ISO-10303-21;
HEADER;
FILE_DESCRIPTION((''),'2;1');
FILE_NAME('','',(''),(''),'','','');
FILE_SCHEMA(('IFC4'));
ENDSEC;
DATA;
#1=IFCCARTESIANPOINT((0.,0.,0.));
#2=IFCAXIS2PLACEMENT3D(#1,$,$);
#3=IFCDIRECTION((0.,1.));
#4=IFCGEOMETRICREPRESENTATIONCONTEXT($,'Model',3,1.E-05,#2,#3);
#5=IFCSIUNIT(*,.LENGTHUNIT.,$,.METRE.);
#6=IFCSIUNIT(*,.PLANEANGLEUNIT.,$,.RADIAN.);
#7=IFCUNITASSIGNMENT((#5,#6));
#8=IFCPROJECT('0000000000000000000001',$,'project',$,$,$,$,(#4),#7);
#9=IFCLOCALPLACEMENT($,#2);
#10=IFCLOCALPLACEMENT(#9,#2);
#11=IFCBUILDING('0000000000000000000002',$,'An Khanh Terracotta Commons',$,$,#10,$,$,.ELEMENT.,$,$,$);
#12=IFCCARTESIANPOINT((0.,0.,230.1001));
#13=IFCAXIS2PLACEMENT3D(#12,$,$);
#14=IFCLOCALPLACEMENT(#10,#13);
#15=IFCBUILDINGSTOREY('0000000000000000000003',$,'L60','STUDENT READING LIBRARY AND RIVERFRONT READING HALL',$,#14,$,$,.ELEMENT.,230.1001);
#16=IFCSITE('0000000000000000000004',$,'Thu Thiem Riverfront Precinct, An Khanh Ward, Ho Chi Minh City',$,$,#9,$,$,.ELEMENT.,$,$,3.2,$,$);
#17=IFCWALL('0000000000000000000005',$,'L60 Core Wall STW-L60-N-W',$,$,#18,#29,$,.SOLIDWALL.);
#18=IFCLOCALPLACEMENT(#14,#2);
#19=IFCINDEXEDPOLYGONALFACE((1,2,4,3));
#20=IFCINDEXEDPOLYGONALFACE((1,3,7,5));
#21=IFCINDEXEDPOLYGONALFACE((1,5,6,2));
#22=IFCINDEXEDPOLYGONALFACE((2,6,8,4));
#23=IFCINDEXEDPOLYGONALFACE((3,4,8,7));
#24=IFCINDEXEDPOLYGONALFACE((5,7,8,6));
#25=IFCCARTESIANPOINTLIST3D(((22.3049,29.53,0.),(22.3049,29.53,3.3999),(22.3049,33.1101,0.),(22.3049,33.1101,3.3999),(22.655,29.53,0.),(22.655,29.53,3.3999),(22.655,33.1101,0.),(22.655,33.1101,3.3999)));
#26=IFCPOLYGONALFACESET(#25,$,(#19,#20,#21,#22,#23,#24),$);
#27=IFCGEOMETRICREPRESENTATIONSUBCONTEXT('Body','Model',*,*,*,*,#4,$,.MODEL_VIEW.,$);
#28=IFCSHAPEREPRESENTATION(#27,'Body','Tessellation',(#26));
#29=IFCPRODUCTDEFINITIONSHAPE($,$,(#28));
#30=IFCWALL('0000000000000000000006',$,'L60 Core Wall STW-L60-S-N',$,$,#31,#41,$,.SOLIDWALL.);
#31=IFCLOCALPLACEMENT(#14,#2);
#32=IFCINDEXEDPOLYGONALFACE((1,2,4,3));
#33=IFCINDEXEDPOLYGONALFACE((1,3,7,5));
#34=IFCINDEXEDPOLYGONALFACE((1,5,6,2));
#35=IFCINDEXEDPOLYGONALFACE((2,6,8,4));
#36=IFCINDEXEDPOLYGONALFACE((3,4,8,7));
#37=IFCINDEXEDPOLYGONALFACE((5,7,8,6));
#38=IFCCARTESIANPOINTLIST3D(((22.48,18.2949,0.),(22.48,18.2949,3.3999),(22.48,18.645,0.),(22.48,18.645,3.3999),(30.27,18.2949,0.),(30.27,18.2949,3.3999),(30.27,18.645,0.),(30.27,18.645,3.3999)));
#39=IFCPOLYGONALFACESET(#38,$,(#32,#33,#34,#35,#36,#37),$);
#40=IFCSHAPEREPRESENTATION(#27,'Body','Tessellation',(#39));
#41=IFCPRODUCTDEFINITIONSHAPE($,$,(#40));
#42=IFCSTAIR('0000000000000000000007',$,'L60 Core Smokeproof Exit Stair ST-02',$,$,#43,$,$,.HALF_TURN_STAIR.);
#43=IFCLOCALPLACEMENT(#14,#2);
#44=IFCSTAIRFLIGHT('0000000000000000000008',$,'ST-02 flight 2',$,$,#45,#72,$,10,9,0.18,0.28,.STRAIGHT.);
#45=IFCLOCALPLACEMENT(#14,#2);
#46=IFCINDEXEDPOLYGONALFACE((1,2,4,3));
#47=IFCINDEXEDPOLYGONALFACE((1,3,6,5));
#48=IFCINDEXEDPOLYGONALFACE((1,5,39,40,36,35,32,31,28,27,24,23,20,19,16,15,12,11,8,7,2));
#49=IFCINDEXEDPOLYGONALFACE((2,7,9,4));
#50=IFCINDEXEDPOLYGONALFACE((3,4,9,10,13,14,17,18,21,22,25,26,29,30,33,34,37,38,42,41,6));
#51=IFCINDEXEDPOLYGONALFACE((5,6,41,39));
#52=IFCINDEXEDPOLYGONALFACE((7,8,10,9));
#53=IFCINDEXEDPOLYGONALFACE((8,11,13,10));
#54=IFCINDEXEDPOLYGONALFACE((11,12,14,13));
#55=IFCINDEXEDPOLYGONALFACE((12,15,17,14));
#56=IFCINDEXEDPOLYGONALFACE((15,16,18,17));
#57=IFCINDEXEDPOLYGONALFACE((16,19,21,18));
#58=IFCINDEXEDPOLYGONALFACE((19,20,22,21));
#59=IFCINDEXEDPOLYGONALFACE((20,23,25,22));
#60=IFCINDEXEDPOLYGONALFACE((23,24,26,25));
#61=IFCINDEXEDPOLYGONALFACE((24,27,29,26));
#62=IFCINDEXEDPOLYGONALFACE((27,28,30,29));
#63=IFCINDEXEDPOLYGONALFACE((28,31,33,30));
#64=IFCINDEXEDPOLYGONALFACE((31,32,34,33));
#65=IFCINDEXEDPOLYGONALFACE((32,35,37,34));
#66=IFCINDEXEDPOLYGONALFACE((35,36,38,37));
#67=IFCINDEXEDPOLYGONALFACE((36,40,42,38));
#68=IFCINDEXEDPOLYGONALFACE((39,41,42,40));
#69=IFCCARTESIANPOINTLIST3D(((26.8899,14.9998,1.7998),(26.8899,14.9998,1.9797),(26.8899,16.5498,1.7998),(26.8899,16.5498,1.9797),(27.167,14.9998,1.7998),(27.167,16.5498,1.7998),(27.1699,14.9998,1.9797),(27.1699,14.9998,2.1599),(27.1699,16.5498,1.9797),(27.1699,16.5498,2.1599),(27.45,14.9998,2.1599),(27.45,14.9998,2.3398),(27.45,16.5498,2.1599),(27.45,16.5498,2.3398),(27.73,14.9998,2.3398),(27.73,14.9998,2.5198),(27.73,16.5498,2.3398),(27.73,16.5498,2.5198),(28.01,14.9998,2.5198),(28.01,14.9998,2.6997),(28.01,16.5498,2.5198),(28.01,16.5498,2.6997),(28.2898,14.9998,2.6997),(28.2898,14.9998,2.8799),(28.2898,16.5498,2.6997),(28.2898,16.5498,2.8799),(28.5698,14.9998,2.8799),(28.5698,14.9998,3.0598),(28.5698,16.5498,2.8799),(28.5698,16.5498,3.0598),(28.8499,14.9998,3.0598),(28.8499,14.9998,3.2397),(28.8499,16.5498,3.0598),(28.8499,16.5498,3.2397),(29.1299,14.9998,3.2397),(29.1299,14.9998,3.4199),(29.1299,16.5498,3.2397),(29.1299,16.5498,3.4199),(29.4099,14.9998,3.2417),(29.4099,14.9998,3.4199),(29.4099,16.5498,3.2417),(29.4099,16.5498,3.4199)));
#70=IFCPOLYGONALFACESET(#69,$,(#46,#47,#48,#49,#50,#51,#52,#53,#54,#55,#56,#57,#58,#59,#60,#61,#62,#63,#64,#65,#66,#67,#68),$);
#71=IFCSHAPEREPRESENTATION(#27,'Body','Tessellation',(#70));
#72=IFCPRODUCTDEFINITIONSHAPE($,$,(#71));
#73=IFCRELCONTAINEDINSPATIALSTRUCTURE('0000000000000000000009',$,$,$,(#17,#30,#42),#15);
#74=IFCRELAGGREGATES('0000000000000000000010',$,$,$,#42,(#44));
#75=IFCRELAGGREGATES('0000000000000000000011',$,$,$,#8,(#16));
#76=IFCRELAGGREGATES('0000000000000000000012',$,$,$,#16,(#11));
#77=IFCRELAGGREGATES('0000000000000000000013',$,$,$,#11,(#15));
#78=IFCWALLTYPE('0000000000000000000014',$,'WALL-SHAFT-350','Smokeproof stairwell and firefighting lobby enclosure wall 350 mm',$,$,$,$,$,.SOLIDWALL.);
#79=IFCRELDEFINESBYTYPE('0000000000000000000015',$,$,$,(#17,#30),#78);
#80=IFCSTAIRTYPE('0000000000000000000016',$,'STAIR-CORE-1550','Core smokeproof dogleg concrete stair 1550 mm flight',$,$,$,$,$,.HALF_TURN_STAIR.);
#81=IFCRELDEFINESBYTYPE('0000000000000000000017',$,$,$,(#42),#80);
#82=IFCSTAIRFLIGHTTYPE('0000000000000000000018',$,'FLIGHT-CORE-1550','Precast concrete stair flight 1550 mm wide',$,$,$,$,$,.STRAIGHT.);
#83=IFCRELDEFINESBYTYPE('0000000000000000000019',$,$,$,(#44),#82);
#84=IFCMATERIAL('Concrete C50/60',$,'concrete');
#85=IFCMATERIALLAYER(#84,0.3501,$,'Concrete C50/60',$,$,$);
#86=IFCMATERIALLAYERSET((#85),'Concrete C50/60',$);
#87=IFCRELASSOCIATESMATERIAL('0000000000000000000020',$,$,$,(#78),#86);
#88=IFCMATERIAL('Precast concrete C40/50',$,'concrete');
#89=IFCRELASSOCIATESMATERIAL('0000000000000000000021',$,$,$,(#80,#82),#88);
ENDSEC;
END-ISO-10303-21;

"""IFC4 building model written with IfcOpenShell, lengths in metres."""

from ifc_helpers import new_model, si_unit, direction, frame, frame_2d, origin, place, context, subcontext, project, spatial, polyline, rectangle, outline, extrude, material, layer, layer_set, type_object, element, aggregate, save


model = new_model("IFC4")

# Units and contexts
model_context = context("Model", 3, precision=1e-05, world=origin(), true_north=direction((0.0, 1.0)))
body_context = subcontext(model_context, "Body", "Model", "MODEL_VIEW")
ifc_project = project(units=[si_unit("LENGTHUNIT", "METRE"), si_unit("PLANEANGLEUNIT", "RADIAN")], contexts=[model_context])

# Site, building, storey
site_placement = place(None, origin())
site = spatial("IfcSite", under=ifc_project, at=site_placement, Name="Thu Thiem Riverfront Precinct, An Khanh Ward, Ho Chi Minh City", CompositionType="ELEMENT", RefElevation=3.2)
building_placement = place(site_placement, origin())
building = spatial("IfcBuilding", under=site, at=building_placement, Name="An Khanh Terracotta Commons", CompositionType="ELEMENT")
storey_placement = place(building_placement, frame((0.0, 0.0, 230.1001)))
storey = spatial("IfcBuildingStorey", under=building, at=storey_placement, Name="L60", Description="STUDENT READING LIBRARY AND RIVERFRONT READING HALL", CompositionType="ELEMENT", Elevation=230.1001)

# Walls
ifc_material_1 = material(Name="Concrete C50/60", Category="concrete")
ifc_layer_1 = layer(ifc_material_1, 0.3501, Name="Concrete C50/60")
ifc_layer_set_1 = layer_set([ifc_layer_1], Name="Concrete C50/60")
wall_type_1 = type_object("IfcWallType", Name="WALL-SHAFT-350", Description="Smokeproof stairwell and firefighting lobby enclosure wall 350 mm", PredefinedType="SOLIDWALL", material=ifc_layer_set_1)
wall_1_placement = place(storey_placement, frame((22.48, 29.53, 0.0), z_axis=(0.0, 0.0, 1.0), x_axis=(0.0, 1.0, 0.0)))
element("IfcWall", 1, at=wall_1_placement, inside=storey, type_object=wall_type_1, Name="L60 Core Wall STW-L60-N-W", PredefinedType="SOLIDWALL", context=body_context, shape_type="SweptSolid", body=[
    extrude(rectangle(XDim=3.5801, YDim=0.3501, at=frame_2d((1.79, 0.0))), origin(), (0.0, 0.0, 1.0), 3.3999),
])
wall_2_placement = place(storey_placement, frame((22.48, 18.47, 0.0), z_axis=(0.0, 0.0, 1.0), x_axis=(1.0, 0.0, 0.0)))
element("IfcWall", 2, at=wall_2_placement, inside=storey, type_object=wall_type_1, Name="L60 Core Wall STW-L60-S-N", PredefinedType="SOLIDWALL", context=body_context, shape_type="SweptSolid", body=[
    extrude(rectangle(XDim=7.79, YDim=0.3501, at=frame_2d((3.895, 0.0))), origin(), (0.0, 0.0, 1.0), 3.3999),
])

# Stair, stair flight
ifc_material_2 = material(Name="Precast concrete C40/50", Category="concrete")
stair_type = type_object("IfcStairType", Name="STAIR-CORE-1550", Description="Core smokeproof dogleg concrete stair 1550 mm flight", PredefinedType="HALF_TURN_STAIR", material=ifc_material_2)
stair_placement = place(storey_placement, origin())
stair = element("IfcStair", 3, at=stair_placement, inside=storey, type_object=stair_type, Name="L60 Core Smokeproof Exit Stair ST-02", PredefinedType="HALF_TURN_STAIR")
stair_flight_type = type_object("IfcStairFlightType", Name="FLIGHT-CORE-1550", Description="Precast concrete stair flight 1550 mm wide", PredefinedType="STRAIGHT", material=ifc_material_2)
stair_flight_placement = place(storey_placement, frame((26.8899, 15.7749, 1.7998), z_axis=(0.0, 0.0, 1.0), x_axis=(1.0, 0.0, 0.0)))
stair_flight = element("IfcStairFlight", 4, at=stair_flight_placement, type_object=stair_flight_type, Name="ST-02 flight 2", NumberOfRisers=10, NumberOfTreads=9, PredefinedType="STRAIGHT", RiserHeight=0.18, TreadLength=0.28, context=body_context, shape_type="SweptSolid", body=[
    extrude(outline(polyline([(0.0, 0.0), (0.0, 0.1799), (0.28, 0.1799), (0.28, 0.3601), (0.5601, 0.3601), (0.5601, 0.54), (0.8401, 0.54), (0.8401, 0.72), (1.1201, 0.72), (1.1201, 0.8999), (1.3999, 0.8999), (1.3999, 1.0801), (1.6799, 1.0801), (1.6799, 1.26), (1.96, 1.26), (1.96, 1.4399), (2.24, 1.4399), (2.24, 1.6201), (2.52, 1.6201), (2.52, 1.8), (2.52, 1.4419), (0.2771, 0.0), (0.0, 0.0)])), frame((0.0, 0.7749, 0.0), z_axis=(0.0, -1.0, 0.0), x_axis=(1.0, 0.0, 0.0)), (0.0, 0.0, 1.0), 1.55),
])
aggregate(stair, [stair_flight])

save(model, "model.ifc")
